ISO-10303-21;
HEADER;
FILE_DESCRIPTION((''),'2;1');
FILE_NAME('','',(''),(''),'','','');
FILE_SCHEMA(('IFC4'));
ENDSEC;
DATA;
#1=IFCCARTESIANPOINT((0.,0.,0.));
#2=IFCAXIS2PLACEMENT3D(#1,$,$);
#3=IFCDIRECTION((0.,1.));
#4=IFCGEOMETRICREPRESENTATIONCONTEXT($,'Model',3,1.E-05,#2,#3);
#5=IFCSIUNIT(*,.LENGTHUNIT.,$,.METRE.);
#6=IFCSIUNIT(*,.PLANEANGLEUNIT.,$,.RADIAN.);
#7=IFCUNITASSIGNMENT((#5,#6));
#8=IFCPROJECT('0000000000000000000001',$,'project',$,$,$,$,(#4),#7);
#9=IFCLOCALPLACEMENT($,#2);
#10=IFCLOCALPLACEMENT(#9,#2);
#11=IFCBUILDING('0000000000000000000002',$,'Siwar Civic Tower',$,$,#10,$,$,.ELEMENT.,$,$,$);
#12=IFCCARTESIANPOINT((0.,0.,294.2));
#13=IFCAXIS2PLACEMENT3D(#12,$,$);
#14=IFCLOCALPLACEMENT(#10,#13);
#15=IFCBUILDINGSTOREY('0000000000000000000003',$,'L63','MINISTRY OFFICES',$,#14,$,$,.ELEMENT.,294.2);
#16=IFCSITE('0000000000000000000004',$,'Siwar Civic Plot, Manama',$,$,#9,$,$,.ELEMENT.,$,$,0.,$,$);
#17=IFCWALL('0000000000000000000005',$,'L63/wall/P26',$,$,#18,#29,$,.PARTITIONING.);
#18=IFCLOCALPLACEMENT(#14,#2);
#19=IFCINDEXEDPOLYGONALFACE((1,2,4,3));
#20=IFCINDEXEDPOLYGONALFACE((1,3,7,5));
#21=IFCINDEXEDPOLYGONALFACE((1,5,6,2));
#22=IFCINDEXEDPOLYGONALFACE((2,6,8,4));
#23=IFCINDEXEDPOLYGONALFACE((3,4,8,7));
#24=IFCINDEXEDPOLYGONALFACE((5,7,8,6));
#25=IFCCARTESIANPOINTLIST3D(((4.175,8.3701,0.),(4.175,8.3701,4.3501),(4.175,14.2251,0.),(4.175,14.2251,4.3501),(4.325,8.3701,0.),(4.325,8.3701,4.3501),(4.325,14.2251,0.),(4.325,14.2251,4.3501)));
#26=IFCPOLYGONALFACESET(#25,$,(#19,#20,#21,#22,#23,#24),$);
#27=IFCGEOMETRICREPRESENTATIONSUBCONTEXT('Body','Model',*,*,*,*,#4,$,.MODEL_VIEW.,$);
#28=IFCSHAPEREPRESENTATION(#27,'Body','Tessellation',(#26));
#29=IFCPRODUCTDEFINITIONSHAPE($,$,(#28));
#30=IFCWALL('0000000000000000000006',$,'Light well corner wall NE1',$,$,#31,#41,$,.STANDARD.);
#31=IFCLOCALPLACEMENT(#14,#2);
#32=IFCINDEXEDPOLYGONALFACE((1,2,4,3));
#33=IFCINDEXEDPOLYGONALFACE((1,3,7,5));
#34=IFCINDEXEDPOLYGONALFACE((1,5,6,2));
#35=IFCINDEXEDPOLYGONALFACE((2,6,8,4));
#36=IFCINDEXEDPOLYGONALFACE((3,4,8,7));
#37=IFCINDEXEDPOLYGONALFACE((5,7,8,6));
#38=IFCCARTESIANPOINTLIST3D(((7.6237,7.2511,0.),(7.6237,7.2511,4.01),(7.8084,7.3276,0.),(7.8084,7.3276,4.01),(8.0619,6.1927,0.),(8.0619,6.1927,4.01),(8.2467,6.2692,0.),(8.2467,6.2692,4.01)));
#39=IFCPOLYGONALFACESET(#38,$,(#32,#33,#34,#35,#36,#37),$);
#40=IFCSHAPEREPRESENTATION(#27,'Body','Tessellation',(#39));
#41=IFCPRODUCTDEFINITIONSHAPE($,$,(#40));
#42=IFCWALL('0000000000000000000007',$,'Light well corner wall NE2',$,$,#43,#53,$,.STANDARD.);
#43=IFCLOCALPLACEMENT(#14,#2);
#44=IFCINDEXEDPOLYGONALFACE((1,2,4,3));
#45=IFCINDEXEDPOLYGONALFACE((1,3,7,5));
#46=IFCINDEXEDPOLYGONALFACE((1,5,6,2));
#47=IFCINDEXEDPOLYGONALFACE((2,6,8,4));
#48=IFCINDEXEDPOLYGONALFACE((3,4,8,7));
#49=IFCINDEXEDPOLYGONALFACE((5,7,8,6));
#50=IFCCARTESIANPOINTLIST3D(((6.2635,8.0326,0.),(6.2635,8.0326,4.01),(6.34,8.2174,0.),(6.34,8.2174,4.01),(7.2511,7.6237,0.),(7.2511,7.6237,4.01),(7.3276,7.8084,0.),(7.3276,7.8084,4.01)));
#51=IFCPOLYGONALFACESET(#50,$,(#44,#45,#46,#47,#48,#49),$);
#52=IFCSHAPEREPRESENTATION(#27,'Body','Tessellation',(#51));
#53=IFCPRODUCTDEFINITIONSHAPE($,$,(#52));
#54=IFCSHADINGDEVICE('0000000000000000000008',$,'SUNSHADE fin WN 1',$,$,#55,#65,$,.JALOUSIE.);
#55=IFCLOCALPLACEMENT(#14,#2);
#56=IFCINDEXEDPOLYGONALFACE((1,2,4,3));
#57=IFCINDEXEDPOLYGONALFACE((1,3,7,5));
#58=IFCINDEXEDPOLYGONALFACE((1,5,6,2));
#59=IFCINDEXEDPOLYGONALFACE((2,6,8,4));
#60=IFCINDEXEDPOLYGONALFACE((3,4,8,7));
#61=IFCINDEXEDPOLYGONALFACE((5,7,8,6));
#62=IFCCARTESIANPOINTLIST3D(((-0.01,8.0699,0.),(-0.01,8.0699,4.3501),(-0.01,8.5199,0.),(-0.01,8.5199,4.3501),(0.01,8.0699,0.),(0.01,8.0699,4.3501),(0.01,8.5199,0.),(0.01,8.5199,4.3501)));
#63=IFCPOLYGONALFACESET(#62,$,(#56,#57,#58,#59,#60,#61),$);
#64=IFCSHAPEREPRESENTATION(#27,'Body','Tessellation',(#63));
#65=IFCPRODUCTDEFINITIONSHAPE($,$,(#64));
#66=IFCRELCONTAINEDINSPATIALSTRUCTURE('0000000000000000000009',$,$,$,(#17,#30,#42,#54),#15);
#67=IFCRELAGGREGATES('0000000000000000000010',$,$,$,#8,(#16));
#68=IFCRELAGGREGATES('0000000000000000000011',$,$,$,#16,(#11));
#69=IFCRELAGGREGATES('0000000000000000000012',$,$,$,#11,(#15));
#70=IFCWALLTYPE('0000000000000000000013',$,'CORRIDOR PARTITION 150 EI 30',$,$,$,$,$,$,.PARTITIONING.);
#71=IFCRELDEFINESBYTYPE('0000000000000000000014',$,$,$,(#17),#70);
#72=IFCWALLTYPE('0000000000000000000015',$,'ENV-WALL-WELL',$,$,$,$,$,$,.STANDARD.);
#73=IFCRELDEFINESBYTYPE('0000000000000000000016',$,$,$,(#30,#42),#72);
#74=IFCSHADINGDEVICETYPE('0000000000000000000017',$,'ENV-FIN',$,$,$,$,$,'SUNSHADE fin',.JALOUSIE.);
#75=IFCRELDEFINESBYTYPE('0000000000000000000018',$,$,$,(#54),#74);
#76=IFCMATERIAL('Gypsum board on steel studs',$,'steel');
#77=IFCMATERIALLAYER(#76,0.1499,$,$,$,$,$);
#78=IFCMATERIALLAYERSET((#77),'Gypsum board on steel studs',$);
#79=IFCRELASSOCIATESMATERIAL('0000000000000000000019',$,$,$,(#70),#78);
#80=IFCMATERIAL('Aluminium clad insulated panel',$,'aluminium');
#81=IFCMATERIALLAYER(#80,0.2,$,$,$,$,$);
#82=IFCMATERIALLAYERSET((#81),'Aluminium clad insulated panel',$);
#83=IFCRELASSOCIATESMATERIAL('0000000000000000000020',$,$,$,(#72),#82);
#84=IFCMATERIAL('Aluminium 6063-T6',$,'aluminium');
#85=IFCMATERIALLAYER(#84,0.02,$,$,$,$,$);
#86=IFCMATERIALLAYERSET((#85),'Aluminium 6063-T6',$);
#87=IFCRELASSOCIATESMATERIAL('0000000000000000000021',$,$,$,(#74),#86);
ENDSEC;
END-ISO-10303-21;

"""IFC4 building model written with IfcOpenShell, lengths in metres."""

from ifc_helpers import new_model, si_unit, direction, frame, frame_2d, origin, origin_2d, place, context, subcontext, project, spatial, rectangle, extrude, material, layer, layer_set, type_object, element, save


model = new_model("IFC4")

# Units and contexts
model_context = context("Model", 3, precision=1e-05, world=origin(), true_north=direction((0.0, 1.0)))
body_context = subcontext(model_context, "Body", "Model", "MODEL_VIEW")
ifc_project = project(units=[si_unit("LENGTHUNIT", "METRE"), si_unit("PLANEANGLEUNIT", "RADIAN")], contexts=[model_context])

# Site, building, storey
site_placement = place(None, origin())
site = spatial("IfcSite", under=ifc_project, at=site_placement, Name="Siwar Civic Plot, Manama", CompositionType="ELEMENT", RefElevation=0.0)
building_placement = place(site_placement, origin())
building = spatial("IfcBuilding", under=site, at=building_placement, Name="Siwar Civic Tower", CompositionType="ELEMENT")
storey_placement = place(building_placement, frame((0.0, 0.0, 294.2)))
storey = spatial("IfcBuildingStorey", under=building, at=storey_placement, Name="L63", Description="MINISTRY OFFICES", CompositionType="ELEMENT", Elevation=294.2)

# Walls
ifc_material_1 = material(Name="Gypsum board on steel studs", Category="steel")
ifc_layer_1 = layer(ifc_material_1, 0.1499)
ifc_layer_set_1 = layer_set([ifc_layer_1], Name="Gypsum board on steel studs")
wall_type_1 = type_object("IfcWallType", Name="CORRIDOR PARTITION 150 EI 30", PredefinedType="PARTITIONING", material=ifc_layer_set_1)
wall_1_placement = place(storey_placement, frame((4.25, 8.3701, 0.0), z_axis=(0.0, 0.0, 1.0), x_axis=(0.0, 1.0, 0.0)))
element("IfcWall", 1, at=wall_1_placement, inside=storey, type_object=wall_type_1, Name="L63/wall/P26", PredefinedType="PARTITIONING", context=body_context, shape_type="SweptSolid", body=[
    extrude(rectangle(XDim=5.855, YDim=0.1499, at=frame_2d((2.9275, 0.0))), origin(), (0.0, 0.0, 1.0), 4.3501),
])
ifc_material_2 = material(Name="Aluminium clad insulated panel", Category="aluminium")
ifc_layer_2 = layer(ifc_material_2, 0.2)
ifc_layer_set_2 = layer_set([ifc_layer_2], Name="Aluminium clad insulated panel")
wall_type_2 = type_object("IfcWallType", Name="ENV-WALL-WELL", PredefinedType="STANDARD", material=ifc_layer_set_2)
wall_2_placement = place(storey_placement, frame((8.1543, 6.231, 0.0), z_axis=(0.0, 0.0, 1.0), x_axis=(-0.382571, 0.923926, 0.0)))
element("IfcWall", 2, at=wall_2_placement, inside=storey, type_object=wall_type_2, Name="Light well corner wall NE1", PredefinedType="STANDARD", context=body_context, shape_type="SweptSolid", body=[
    extrude(rectangle(XDim=1.1455, YDim=0.2, at=frame_2d((0.5728, 0.0))), origin(), (0.0, 0.0, 1.0), 4.01),
])
wall_3_placement = place(storey_placement, frame((7.2893, 7.7161, 0.0), z_axis=(0.0, 0.0, 1.0), x_axis=(-0.923919, 0.382587, 0.0)))
element("IfcWall", 3, at=wall_3_placement, inside=storey, type_object=wall_type_2, Name="Light well corner wall NE2", PredefinedType="STANDARD", context=body_context, shape_type="SweptSolid", body=[
    extrude(rectangle(XDim=1.0688, YDim=0.2, at=frame_2d((0.5344, 0.0))), origin(), (0.0, 0.0, 1.0), 4.01),
])

# Shading device
ifc_material_3 = material(Name="Aluminium 6063-T6", Category="aluminium")
ifc_layer_3 = layer(ifc_material_3, 0.02)
ifc_layer_set_3 = layer_set([ifc_layer_3], Name="Aluminium 6063-T6")
shading_device_type = type_object("IfcShadingDeviceType", Name="ENV-FIN", ElementType="SUNSHADE fin", PredefinedType="JALOUSIE", material=ifc_layer_set_3)
shading_device_placement = place(storey_placement, frame((0.0, 8.2949, 0.0), z_axis=(0.0, 0.0, 1.0), x_axis=(-1.0, 0.0, 0.0)))
element("IfcShadingDevice", 4, at=shading_device_placement, inside=storey, type_object=shading_device_type, Name="SUNSHADE fin WN 1", PredefinedType="JALOUSIE", context=body_context, shape_type="SweptSolid", body=[
    extrude(rectangle(XDim=0.02, YDim=0.45, at=origin_2d()), origin(), (0.0, 0.0, 1.0), 4.3501),
])

save(model, "model.ifc")
